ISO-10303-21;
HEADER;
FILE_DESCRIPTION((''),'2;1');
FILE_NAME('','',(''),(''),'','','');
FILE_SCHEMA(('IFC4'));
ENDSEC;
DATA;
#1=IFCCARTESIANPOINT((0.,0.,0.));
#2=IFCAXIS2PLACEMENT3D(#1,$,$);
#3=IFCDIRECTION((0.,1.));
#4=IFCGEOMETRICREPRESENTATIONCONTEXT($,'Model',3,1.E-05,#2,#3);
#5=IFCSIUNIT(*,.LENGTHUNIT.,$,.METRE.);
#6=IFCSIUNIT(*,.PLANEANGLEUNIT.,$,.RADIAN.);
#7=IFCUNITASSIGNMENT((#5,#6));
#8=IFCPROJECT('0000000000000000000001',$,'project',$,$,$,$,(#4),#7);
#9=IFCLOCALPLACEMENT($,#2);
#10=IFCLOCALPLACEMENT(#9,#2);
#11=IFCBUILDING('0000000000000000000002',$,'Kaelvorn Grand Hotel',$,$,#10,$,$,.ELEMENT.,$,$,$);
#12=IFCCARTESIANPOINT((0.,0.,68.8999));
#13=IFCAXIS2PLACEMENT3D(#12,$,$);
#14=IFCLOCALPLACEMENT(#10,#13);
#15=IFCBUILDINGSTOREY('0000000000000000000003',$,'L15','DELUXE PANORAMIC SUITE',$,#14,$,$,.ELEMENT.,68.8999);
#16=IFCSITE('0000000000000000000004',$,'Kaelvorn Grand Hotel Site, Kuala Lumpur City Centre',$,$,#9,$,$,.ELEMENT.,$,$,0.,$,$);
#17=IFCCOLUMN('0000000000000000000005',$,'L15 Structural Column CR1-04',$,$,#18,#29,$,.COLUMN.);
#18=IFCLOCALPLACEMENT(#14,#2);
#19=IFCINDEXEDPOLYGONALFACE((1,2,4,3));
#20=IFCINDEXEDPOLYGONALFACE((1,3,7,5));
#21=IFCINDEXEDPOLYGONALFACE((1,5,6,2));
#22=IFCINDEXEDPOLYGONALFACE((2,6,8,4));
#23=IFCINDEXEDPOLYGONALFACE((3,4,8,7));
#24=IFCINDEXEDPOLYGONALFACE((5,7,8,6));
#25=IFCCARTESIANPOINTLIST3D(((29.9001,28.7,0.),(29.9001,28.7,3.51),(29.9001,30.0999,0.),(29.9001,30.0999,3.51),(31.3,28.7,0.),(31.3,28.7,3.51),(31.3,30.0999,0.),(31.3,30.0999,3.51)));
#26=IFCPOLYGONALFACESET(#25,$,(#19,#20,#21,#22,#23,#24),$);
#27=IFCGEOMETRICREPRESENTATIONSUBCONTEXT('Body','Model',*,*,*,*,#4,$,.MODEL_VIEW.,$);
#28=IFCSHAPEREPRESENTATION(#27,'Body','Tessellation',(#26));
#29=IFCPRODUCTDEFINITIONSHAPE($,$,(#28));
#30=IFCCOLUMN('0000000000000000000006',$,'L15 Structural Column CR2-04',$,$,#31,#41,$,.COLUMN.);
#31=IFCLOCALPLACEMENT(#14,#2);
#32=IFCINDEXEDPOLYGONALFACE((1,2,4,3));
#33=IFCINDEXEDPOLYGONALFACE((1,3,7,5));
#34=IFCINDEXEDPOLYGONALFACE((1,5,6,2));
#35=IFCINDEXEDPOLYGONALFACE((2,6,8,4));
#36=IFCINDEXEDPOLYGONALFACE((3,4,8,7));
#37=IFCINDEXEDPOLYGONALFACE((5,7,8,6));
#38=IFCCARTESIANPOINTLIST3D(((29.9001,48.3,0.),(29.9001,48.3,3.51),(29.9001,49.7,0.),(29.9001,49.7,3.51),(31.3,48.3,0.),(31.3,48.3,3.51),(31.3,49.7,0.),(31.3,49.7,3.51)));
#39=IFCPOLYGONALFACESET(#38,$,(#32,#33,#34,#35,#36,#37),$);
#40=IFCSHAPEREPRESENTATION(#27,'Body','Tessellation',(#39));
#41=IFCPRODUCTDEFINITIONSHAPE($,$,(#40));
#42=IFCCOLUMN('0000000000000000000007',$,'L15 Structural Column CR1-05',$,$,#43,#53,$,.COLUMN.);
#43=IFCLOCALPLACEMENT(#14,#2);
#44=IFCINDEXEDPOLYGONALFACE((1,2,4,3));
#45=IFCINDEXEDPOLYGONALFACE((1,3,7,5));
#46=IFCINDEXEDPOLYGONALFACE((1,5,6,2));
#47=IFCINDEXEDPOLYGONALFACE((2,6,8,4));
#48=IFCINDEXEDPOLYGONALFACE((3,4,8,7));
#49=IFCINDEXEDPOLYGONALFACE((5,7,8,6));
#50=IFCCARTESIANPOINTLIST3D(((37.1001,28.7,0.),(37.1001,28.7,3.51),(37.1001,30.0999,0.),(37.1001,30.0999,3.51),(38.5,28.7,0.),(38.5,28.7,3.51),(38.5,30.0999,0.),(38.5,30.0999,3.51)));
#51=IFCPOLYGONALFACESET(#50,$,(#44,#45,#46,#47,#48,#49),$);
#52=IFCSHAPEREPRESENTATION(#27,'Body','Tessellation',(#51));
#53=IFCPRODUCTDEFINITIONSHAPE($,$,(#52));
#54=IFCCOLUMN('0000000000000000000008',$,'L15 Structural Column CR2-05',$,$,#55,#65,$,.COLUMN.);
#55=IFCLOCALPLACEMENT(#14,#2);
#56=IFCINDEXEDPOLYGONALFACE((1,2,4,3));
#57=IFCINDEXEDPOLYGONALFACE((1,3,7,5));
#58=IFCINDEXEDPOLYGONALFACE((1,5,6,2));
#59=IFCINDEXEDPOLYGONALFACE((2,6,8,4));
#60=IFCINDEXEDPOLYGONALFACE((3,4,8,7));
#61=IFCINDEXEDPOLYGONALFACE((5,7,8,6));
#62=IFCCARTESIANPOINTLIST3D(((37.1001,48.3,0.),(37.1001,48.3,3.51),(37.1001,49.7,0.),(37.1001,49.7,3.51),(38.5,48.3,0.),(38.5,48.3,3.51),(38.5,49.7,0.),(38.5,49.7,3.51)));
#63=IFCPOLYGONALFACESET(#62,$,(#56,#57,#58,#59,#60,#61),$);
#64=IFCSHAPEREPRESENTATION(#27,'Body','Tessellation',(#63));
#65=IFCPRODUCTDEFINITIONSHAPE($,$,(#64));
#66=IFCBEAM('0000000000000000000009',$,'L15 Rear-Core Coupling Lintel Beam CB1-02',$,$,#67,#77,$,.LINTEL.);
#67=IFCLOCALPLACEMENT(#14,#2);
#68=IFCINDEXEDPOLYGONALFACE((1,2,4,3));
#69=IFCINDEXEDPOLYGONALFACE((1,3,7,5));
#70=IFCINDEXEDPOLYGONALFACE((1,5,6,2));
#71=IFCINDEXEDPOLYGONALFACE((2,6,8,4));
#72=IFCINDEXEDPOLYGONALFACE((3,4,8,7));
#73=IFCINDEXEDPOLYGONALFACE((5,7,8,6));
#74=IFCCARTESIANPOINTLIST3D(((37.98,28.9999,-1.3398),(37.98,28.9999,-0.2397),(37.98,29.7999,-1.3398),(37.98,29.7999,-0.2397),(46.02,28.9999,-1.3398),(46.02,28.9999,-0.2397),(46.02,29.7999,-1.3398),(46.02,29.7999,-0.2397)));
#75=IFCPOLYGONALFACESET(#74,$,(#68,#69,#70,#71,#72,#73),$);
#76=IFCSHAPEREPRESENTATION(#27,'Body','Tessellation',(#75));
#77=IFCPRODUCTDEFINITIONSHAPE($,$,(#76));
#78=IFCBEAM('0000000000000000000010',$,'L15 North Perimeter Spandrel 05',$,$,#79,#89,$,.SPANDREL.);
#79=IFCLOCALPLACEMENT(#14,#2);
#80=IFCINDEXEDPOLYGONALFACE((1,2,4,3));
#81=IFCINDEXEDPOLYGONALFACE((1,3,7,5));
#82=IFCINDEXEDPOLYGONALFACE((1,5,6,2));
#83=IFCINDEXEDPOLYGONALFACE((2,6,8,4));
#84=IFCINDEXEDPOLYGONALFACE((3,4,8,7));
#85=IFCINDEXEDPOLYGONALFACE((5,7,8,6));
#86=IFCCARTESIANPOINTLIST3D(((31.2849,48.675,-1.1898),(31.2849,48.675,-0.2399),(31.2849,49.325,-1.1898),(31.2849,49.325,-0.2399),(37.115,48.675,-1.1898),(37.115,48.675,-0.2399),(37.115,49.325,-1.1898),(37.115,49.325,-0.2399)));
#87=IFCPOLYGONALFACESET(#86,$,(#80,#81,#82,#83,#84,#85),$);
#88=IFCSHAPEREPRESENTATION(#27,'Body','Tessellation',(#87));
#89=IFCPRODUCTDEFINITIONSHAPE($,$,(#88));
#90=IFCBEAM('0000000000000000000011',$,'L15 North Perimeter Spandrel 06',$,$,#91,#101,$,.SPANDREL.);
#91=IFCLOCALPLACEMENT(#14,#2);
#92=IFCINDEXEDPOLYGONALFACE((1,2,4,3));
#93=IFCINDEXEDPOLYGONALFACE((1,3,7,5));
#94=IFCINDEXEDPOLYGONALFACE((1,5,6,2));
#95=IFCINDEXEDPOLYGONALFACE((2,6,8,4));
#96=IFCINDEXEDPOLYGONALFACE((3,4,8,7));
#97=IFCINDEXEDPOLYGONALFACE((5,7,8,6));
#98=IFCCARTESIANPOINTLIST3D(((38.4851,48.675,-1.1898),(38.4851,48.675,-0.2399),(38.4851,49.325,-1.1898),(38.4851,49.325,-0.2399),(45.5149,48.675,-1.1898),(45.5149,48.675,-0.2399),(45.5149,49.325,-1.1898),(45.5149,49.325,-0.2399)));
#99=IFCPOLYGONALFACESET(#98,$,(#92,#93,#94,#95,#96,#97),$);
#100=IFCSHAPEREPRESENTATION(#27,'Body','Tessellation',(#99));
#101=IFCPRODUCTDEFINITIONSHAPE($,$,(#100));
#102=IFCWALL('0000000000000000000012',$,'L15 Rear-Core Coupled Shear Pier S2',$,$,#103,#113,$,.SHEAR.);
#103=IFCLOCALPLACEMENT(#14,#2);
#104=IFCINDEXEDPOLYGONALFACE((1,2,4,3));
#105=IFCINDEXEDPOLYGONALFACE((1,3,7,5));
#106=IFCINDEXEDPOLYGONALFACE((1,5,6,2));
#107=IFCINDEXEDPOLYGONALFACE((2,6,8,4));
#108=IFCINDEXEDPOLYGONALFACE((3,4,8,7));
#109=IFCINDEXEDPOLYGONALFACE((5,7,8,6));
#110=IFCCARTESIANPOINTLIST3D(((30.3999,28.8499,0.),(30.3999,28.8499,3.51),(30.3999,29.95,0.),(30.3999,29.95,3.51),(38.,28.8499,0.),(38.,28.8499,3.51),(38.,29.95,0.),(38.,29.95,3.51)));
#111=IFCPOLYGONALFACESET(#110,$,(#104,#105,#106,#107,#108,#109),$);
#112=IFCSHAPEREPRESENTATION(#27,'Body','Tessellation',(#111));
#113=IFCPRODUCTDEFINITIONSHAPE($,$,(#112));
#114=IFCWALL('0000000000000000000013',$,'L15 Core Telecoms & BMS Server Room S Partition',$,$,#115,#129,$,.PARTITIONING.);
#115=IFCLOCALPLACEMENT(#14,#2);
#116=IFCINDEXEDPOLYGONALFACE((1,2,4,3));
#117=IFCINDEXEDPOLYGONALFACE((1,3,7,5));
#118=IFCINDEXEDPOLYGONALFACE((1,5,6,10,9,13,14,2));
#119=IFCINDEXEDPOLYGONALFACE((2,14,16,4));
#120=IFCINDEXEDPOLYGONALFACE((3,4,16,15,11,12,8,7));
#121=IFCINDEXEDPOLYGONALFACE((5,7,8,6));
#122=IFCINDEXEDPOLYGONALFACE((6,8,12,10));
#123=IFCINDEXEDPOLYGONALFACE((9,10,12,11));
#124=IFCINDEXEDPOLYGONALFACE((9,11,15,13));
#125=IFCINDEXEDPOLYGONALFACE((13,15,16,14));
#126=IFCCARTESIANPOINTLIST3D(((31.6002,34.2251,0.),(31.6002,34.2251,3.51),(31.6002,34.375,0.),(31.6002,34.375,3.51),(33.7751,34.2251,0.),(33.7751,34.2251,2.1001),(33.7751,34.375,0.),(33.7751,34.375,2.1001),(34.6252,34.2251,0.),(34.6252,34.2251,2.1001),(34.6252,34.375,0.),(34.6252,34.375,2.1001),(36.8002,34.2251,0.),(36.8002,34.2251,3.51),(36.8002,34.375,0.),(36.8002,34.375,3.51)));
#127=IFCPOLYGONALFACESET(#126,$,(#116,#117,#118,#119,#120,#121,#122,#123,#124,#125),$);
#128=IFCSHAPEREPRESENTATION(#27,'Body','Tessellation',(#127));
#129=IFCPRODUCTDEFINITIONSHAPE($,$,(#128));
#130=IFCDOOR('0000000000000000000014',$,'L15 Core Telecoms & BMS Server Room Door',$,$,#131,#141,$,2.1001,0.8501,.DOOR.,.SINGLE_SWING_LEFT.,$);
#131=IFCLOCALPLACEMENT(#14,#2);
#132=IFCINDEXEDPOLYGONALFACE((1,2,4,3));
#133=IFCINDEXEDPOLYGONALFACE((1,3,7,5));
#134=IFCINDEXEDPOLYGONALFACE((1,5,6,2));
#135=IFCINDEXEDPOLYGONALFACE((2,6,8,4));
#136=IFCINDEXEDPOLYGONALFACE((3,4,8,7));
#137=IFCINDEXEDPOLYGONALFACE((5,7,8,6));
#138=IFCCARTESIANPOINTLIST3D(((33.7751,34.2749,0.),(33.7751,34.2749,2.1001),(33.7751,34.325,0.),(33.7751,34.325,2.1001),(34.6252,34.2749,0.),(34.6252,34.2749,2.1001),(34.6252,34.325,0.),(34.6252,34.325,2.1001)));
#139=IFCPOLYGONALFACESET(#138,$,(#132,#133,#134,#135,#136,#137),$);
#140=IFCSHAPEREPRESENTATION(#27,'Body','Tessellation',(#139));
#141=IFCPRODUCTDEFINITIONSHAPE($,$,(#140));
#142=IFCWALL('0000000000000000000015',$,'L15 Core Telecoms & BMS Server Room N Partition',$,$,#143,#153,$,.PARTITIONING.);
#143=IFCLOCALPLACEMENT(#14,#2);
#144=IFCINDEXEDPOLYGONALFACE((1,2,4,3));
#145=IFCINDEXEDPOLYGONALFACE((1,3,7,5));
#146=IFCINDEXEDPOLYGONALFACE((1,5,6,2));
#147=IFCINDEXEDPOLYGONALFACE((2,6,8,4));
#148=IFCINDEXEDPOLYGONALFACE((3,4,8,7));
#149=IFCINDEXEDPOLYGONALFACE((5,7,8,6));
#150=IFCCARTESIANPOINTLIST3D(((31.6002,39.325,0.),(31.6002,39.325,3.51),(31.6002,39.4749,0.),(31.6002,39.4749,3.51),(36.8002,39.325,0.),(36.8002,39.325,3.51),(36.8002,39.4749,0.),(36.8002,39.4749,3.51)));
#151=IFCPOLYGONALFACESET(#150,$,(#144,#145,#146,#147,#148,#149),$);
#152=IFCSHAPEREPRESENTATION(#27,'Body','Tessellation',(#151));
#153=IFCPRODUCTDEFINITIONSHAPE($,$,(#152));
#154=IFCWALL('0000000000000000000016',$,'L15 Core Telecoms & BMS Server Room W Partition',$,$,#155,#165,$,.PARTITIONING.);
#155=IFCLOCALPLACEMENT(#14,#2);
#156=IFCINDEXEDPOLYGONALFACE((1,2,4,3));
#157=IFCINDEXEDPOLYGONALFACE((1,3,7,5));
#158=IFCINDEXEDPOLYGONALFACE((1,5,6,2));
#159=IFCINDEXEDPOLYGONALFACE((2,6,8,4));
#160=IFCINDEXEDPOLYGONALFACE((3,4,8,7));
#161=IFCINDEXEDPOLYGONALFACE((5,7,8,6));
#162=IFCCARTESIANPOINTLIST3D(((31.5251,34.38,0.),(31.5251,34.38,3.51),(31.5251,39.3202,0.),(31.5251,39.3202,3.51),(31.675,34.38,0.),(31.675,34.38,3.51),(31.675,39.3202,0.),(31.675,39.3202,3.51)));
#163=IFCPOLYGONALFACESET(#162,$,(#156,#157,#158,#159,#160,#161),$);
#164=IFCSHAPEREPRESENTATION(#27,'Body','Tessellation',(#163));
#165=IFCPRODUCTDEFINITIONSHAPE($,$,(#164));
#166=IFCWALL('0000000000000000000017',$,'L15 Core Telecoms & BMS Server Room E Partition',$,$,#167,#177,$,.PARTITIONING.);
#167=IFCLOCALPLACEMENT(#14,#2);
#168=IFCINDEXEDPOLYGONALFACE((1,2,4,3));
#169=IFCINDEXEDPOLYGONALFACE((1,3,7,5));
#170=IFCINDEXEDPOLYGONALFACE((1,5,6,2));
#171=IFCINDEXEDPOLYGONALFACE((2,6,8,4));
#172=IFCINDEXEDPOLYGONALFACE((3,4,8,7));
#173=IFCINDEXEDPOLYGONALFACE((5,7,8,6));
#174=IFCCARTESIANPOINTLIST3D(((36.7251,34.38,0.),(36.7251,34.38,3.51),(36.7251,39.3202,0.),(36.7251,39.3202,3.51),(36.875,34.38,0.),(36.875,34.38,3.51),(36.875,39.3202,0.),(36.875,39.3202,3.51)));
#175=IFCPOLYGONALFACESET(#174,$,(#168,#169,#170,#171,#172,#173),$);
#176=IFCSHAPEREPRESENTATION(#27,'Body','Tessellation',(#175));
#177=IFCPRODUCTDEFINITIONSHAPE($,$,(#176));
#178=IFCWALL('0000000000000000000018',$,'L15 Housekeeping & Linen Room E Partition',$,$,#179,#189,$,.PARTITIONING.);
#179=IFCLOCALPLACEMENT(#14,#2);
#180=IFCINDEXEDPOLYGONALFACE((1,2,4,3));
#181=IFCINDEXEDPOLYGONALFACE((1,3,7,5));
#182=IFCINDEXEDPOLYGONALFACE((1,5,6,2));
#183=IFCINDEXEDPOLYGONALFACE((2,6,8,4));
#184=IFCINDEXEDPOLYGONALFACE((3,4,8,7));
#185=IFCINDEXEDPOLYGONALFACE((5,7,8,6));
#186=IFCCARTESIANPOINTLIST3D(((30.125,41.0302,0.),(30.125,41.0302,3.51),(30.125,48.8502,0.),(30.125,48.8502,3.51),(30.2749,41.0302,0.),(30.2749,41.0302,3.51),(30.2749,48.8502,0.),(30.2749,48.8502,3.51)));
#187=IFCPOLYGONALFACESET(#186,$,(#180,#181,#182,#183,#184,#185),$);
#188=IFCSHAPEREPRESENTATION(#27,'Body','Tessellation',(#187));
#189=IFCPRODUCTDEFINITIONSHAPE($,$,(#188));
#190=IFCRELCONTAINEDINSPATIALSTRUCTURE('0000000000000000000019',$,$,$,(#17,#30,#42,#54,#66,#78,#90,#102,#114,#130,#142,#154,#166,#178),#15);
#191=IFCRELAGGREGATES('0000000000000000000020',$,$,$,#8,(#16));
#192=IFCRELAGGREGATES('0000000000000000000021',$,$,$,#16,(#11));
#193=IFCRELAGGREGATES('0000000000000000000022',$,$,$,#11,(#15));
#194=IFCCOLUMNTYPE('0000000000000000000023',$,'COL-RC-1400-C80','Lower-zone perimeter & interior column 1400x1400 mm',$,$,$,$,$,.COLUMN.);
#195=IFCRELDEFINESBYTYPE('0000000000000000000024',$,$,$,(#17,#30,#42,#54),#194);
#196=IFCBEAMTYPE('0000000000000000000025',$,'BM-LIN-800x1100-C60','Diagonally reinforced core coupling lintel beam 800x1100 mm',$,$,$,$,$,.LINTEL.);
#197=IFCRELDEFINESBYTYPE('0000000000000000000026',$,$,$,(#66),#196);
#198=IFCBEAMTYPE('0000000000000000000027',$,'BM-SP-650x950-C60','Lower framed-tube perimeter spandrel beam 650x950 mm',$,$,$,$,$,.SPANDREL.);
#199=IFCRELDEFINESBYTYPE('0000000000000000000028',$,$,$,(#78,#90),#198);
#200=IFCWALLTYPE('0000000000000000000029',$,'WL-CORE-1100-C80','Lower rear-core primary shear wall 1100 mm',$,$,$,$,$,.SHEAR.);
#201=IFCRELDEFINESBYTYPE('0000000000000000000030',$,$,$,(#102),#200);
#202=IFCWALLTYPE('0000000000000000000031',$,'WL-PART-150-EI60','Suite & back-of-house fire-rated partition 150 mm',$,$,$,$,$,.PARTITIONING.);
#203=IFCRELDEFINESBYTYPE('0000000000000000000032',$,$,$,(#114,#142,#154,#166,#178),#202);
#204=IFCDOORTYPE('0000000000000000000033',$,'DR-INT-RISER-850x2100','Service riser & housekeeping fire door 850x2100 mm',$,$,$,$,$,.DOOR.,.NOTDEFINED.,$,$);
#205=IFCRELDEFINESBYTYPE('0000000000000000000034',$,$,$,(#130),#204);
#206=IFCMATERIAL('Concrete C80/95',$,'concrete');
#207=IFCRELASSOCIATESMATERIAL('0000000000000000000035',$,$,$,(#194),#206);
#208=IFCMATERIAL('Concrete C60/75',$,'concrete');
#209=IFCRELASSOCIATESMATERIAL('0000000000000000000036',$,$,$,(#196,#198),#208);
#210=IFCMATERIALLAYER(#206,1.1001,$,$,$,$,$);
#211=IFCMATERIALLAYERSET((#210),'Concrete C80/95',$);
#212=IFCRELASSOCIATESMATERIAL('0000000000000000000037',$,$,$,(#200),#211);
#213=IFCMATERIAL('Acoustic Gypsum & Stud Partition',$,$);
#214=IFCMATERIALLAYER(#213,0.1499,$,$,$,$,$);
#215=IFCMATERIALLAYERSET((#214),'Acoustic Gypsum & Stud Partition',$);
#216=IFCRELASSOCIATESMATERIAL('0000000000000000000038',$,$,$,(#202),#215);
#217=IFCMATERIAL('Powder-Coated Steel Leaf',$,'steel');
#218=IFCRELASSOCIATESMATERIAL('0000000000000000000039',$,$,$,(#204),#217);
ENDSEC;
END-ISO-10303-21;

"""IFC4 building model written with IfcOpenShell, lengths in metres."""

from ifc_helpers import new_model, si_unit, direction, frame, frame_2d, origin, origin_2d, place, context, subcontext, project, spatial, rectangle, extrude, material, layer, layer_set, material_profile, profile_set, type_object, element, fill, save


model = new_model("IFC4")

# Units and contexts
model_context = context("Model", 3, precision=1e-05, world=origin(), true_north=direction((0.0, 1.0)))
body_context = subcontext(model_context, "Body", "Model", "MODEL_VIEW")
ifc_project = project(units=[si_unit("LENGTHUNIT", "METRE"), si_unit("PLANEANGLEUNIT", "RADIAN")], contexts=[model_context])

# Site, building, storey
site_placement = place(None, origin())
site = spatial("IfcSite", under=ifc_project, at=site_placement, Name="Kaelvorn Grand Hotel Site, Kuala Lumpur City Centre", CompositionType="ELEMENT", RefElevation=0.0)
building_placement = place(site_placement, origin())
building = spatial("IfcBuilding", under=site, at=building_placement, Name="Kaelvorn Grand Hotel", CompositionType="ELEMENT")
storey_placement = place(building_placement, frame((0.0, 0.0, 68.8999)))
storey = spatial("IfcBuildingStorey", under=building, at=storey_placement, Name="L15", Description="DELUXE PANORAMIC SUITE", CompositionType="ELEMENT", Elevation=68.8999)

# Columns
ifc_material_1 = material(Name="Concrete C80/95", Category="concrete")
ifc_material_profile_1 = material_profile(ifc_material_1, rectangle(XDim=1.3999, YDim=1.3999, at=origin_2d()), Name="RC COL 1400x1400")
ifc_profile_set_1 = profile_set([ifc_material_profile_1], Name="Concrete C80/95")
column_type = type_object("IfcColumnType", Name="COL-RC-1400-C80", Description="Lower-zone perimeter & interior column 1400x1400 mm", PredefinedType="COLUMN", material=ifc_profile_set_1)
for number, where, z_axis, x_axis, name in (
    (1, (30.6001, 29.3999, 0.0), (0.0, 0.0, 1.0), (1.0, 0.0, 0.0), "L15 Structural Column CR1-04"),
    (2, (30.6001, 49.0, 0.0), (0.0, 0.0, 1.0), (1.0, 0.0, 0.0), "L15 Structural Column CR2-04"),
    (3, (37.8, 29.3999, 0.0), (0.0, 0.0, 1.0), (1.0, 0.0, 0.0), "L15 Structural Column CR1-05"),
    (4, (37.8, 49.0, 0.0), (0.0, 0.0, 1.0), (1.0, 0.0, 0.0), "L15 Structural Column CR2-05"),
):
    element("IfcColumn", number, at=place(storey_placement, frame(where, z_axis=z_axis, x_axis=x_axis)), inside=storey, type_object=column_type, Name=name, PredefinedType="COLUMN", context=body_context, shape_type="SweptSolid", body=[
        extrude(rectangle(XDim=1.3999, YDim=1.3999, at=origin_2d()), origin(), (0.0, 0.0, 1.0), 3.51),
    ])

# Beams
ifc_material_2 = material(Name="Concrete C60/75", Category="concrete")
ifc_material_profile_2 = material_profile(ifc_material_2, rectangle(XDim=0.8, YDim=1.1001, at=origin_2d()), Name="RC LINTEL 800x1100")
ifc_profile_set_2 = profile_set([ifc_material_profile_2], Name="Concrete C60/75")
beam_type_1 = type_object("IfcBeamType", Name="BM-LIN-800x1100-C60", Description="Diagonally reinforced core coupling lintel beam 800x1100 mm", PredefinedType="LINTEL", material=ifc_profile_set_2)
beam_1_placement = place(storey_placement, frame((37.98, 29.3999, -0.7898), z_axis=(1.0, 0.0, 0.0), x_axis=(0.0, 1.0, 0.0)))
element("IfcBeam", 5, at=beam_1_placement, inside=storey, type_object=beam_type_1, Name="L15 Rear-Core Coupling Lintel Beam CB1-02", PredefinedType="LINTEL", context=body_context, shape_type="SweptSolid", body=[
    extrude(rectangle(XDim=0.8, YDim=1.1001, at=origin_2d()), origin(), (0.0, 0.0, 1.0), 8.04),
])
ifc_material_profile_3 = material_profile(ifc_material_2, rectangle(XDim=0.6499, YDim=0.95, at=origin_2d()), Name="RC SPANDREL 650x950")
ifc_profile_set_3 = profile_set([ifc_material_profile_3], Name="Concrete C60/75")
beam_type_2 = type_object("IfcBeamType", Name="BM-SP-650x950-C60", Description="Lower framed-tube perimeter spandrel beam 650x950 mm", PredefinedType="SPANDREL", material=ifc_profile_set_3)
beam_2_placement = place(storey_placement, frame((31.2849, 49.0, -0.7148), z_axis=(1.0, 0.0, 0.0), x_axis=(0.0, 1.0, 0.0)))
element("IfcBeam", 6, at=beam_2_placement, inside=storey, type_object=beam_type_2, Name="L15 North Perimeter Spandrel 05", PredefinedType="SPANDREL", context=body_context, shape_type="SweptSolid", body=[
    extrude(rectangle(XDim=0.6499, YDim=0.95, at=origin_2d()), origin(), (0.0, 0.0, 1.0), 5.8301),
])
beam_3_placement = place(storey_placement, frame((38.4851, 49.0, -0.7148), z_axis=(1.0, 0.0, 0.0), x_axis=(0.0, 1.0, 0.0)))
element("IfcBeam", 7, at=beam_3_placement, inside=storey, type_object=beam_type_2, Name="L15 North Perimeter Spandrel 06", PredefinedType="SPANDREL", context=body_context, shape_type="SweptSolid", body=[
    extrude(rectangle(XDim=0.6499, YDim=0.95, at=origin_2d()), origin(), (0.0, 0.0, 1.0), 7.0298),
])

# Wall
ifc_layer_1 = layer(ifc_material_1, 1.1001)
ifc_layer_set_1 = layer_set([ifc_layer_1], Name="Concrete C80/95")
wall_type_1 = type_object("IfcWallType", Name="WL-CORE-1100-C80", Description="Lower rear-core primary shear wall 1100 mm", PredefinedType="SHEAR", material=ifc_layer_set_1)
wall_1_placement = place(storey_placement, frame((30.3999, 29.3999, 0.0), z_axis=(0.0, 0.0, 1.0), x_axis=(1.0, 0.0, 0.0)))
element("IfcWall", 8, at=wall_1_placement, inside=storey, type_object=wall_type_1, Name="L15 Rear-Core Coupled Shear Pier S2", PredefinedType="SHEAR", context=body_context, shape_type="SweptSolid", body=[
    extrude(rectangle(XDim=7.6001, YDim=1.1001, at=frame_2d((3.8, 0.0))), origin(), (0.0, 0.0, 1.0), 3.51),
])

# Wall, opening, door
ifc_material_3 = material(Name="Acoustic Gypsum & Stud Partition")
ifc_layer_2 = layer(ifc_material_3, 0.1499)
ifc_layer_set_2 = layer_set([ifc_layer_2], Name="Acoustic Gypsum & Stud Partition")
wall_type_2 = type_object("IfcWallType", Name="WL-PART-150-EI60", Description="Suite & back-of-house fire-rated partition 150 mm", PredefinedType="PARTITIONING", material=ifc_layer_set_2)
wall_2_placement = place(storey_placement, frame((31.6001, 34.3, 0.0), z_axis=(0.0, 0.0, 1.0), x_axis=(1.0, 0.0, 0.0)))
wall_2 = element("IfcWall", 9, at=wall_2_placement, inside=storey, type_object=wall_type_2, Name="L15 Core Telecoms & BMS Server Room S Partition", PredefinedType="PARTITIONING", context=body_context, shape_type="SweptSolid", body=[
    extrude(rectangle(XDim=5.2, YDim=0.1499, at=frame_2d((2.6001, 0.0))), origin(), (0.0, 0.0, 1.0), 3.51),
])
opening_1_placement = place(wall_2_placement, frame((2.175, 0.0, 0.0)))
opening_1 = element("IfcOpeningElement", 10, at=opening_1_placement, cuts=wall_2, PredefinedType="OPENING", context=body_context, shape_type="SweptSolid", body=[
    extrude(rectangle(XDim=0.8501, YDim=2.1001, at=frame_2d((0.425, 1.05))), frame((0.0, 0.085, 0.0), z_axis=(0.0, -1.0, 0.0), x_axis=(1.0, 0.0, 0.0)), (0.0, 0.0, 1.0), 0.1699),
])
ifc_material_4 = material(Name="Powder-Coated Steel Leaf", Category="steel")
door_type_1 = type_object("IfcDoorType", Name="DR-INT-RISER-850x2100", Description="Service riser & housekeeping fire door 850x2100 mm", OperationType="NOTDEFINED", PredefinedType="DOOR", material=ifc_material_4)
door_1_placement = place(opening_1_placement, origin())
door_1 = element("IfcDoor", 11, at=door_1_placement, inside=storey, type_object=door_type_1, Name="L15 Core Telecoms & BMS Server Room Door", OperationType="SINGLE_SWING_LEFT", OverallHeight=2.1001, OverallWidth=0.8501, PredefinedType="DOOR", context=body_context, shape_type="SweptSolid", body=[
    extrude(rectangle(XDim=0.8501, YDim=2.1001, at=frame_2d((0.425, 1.05))), frame((0.0, 0.0249, 0.0), z_axis=(0.0, -1.0, 0.0), x_axis=(1.0, 0.0, 0.0)), (0.0, 0.0, 1.0), 0.05),
])
fill(opening_1, door_1)

# Walls
wall_3_placement = place(storey_placement, frame((31.6001, 39.3999, 0.0), z_axis=(0.0, 0.0, 1.0), x_axis=(1.0, 0.0, 0.0)))
element("IfcWall", 12, at=wall_3_placement, inside=storey, type_object=wall_type_2, Name="L15 Core Telecoms & BMS Server Room N Partition", PredefinedType="PARTITIONING", context=body_context, shape_type="SweptSolid", body=[
    extrude(rectangle(XDim=5.2, YDim=0.1499, at=frame_2d((2.6001, 0.0))), origin(), (0.0, 0.0, 1.0), 3.51),
])
for number, where, z_axis, x_axis, name in (
    (13, (31.6001, 34.3799, 0.0), (0.0, 0.0, 1.0), (0.0, 1.0, 0.0), "L15 Core Telecoms & BMS Server Room W Partition"),
    (14, (36.8, 34.3799, 0.0), (0.0, 0.0, 1.0), (0.0, 1.0, 0.0), "L15 Core Telecoms & BMS Server Room E Partition"),
):
    element("IfcWall", number, at=place(storey_placement, frame(where, z_axis=z_axis, x_axis=x_axis)), inside=storey, type_object=wall_type_2, Name=name, PredefinedType="PARTITIONING", context=body_context, shape_type="SweptSolid", body=[
        extrude(rectangle(XDim=4.9402, YDim=0.1499, at=frame_2d((2.4702, 0.0))), origin(), (0.0, 0.0, 1.0), 3.51),
    ])
wall_4_placement = place(storey_placement, frame((30.2, 41.03, 0.0), z_axis=(0.0, 0.0, 1.0), x_axis=(0.0, 1.0, 0.0)))
element("IfcWall", 15, at=wall_4_placement, inside=storey, type_object=wall_type_2, Name="L15 Housekeeping & Linen Room E Partition", PredefinedType="PARTITIONING", context=body_context, shape_type="SweptSolid", body=[
    extrude(rectangle(XDim=7.8201, YDim=0.1499, at=frame_2d((3.9102, 0.0))), origin(), (0.0, 0.0, 1.0), 3.51),
])

save(model, "model.ifc")
